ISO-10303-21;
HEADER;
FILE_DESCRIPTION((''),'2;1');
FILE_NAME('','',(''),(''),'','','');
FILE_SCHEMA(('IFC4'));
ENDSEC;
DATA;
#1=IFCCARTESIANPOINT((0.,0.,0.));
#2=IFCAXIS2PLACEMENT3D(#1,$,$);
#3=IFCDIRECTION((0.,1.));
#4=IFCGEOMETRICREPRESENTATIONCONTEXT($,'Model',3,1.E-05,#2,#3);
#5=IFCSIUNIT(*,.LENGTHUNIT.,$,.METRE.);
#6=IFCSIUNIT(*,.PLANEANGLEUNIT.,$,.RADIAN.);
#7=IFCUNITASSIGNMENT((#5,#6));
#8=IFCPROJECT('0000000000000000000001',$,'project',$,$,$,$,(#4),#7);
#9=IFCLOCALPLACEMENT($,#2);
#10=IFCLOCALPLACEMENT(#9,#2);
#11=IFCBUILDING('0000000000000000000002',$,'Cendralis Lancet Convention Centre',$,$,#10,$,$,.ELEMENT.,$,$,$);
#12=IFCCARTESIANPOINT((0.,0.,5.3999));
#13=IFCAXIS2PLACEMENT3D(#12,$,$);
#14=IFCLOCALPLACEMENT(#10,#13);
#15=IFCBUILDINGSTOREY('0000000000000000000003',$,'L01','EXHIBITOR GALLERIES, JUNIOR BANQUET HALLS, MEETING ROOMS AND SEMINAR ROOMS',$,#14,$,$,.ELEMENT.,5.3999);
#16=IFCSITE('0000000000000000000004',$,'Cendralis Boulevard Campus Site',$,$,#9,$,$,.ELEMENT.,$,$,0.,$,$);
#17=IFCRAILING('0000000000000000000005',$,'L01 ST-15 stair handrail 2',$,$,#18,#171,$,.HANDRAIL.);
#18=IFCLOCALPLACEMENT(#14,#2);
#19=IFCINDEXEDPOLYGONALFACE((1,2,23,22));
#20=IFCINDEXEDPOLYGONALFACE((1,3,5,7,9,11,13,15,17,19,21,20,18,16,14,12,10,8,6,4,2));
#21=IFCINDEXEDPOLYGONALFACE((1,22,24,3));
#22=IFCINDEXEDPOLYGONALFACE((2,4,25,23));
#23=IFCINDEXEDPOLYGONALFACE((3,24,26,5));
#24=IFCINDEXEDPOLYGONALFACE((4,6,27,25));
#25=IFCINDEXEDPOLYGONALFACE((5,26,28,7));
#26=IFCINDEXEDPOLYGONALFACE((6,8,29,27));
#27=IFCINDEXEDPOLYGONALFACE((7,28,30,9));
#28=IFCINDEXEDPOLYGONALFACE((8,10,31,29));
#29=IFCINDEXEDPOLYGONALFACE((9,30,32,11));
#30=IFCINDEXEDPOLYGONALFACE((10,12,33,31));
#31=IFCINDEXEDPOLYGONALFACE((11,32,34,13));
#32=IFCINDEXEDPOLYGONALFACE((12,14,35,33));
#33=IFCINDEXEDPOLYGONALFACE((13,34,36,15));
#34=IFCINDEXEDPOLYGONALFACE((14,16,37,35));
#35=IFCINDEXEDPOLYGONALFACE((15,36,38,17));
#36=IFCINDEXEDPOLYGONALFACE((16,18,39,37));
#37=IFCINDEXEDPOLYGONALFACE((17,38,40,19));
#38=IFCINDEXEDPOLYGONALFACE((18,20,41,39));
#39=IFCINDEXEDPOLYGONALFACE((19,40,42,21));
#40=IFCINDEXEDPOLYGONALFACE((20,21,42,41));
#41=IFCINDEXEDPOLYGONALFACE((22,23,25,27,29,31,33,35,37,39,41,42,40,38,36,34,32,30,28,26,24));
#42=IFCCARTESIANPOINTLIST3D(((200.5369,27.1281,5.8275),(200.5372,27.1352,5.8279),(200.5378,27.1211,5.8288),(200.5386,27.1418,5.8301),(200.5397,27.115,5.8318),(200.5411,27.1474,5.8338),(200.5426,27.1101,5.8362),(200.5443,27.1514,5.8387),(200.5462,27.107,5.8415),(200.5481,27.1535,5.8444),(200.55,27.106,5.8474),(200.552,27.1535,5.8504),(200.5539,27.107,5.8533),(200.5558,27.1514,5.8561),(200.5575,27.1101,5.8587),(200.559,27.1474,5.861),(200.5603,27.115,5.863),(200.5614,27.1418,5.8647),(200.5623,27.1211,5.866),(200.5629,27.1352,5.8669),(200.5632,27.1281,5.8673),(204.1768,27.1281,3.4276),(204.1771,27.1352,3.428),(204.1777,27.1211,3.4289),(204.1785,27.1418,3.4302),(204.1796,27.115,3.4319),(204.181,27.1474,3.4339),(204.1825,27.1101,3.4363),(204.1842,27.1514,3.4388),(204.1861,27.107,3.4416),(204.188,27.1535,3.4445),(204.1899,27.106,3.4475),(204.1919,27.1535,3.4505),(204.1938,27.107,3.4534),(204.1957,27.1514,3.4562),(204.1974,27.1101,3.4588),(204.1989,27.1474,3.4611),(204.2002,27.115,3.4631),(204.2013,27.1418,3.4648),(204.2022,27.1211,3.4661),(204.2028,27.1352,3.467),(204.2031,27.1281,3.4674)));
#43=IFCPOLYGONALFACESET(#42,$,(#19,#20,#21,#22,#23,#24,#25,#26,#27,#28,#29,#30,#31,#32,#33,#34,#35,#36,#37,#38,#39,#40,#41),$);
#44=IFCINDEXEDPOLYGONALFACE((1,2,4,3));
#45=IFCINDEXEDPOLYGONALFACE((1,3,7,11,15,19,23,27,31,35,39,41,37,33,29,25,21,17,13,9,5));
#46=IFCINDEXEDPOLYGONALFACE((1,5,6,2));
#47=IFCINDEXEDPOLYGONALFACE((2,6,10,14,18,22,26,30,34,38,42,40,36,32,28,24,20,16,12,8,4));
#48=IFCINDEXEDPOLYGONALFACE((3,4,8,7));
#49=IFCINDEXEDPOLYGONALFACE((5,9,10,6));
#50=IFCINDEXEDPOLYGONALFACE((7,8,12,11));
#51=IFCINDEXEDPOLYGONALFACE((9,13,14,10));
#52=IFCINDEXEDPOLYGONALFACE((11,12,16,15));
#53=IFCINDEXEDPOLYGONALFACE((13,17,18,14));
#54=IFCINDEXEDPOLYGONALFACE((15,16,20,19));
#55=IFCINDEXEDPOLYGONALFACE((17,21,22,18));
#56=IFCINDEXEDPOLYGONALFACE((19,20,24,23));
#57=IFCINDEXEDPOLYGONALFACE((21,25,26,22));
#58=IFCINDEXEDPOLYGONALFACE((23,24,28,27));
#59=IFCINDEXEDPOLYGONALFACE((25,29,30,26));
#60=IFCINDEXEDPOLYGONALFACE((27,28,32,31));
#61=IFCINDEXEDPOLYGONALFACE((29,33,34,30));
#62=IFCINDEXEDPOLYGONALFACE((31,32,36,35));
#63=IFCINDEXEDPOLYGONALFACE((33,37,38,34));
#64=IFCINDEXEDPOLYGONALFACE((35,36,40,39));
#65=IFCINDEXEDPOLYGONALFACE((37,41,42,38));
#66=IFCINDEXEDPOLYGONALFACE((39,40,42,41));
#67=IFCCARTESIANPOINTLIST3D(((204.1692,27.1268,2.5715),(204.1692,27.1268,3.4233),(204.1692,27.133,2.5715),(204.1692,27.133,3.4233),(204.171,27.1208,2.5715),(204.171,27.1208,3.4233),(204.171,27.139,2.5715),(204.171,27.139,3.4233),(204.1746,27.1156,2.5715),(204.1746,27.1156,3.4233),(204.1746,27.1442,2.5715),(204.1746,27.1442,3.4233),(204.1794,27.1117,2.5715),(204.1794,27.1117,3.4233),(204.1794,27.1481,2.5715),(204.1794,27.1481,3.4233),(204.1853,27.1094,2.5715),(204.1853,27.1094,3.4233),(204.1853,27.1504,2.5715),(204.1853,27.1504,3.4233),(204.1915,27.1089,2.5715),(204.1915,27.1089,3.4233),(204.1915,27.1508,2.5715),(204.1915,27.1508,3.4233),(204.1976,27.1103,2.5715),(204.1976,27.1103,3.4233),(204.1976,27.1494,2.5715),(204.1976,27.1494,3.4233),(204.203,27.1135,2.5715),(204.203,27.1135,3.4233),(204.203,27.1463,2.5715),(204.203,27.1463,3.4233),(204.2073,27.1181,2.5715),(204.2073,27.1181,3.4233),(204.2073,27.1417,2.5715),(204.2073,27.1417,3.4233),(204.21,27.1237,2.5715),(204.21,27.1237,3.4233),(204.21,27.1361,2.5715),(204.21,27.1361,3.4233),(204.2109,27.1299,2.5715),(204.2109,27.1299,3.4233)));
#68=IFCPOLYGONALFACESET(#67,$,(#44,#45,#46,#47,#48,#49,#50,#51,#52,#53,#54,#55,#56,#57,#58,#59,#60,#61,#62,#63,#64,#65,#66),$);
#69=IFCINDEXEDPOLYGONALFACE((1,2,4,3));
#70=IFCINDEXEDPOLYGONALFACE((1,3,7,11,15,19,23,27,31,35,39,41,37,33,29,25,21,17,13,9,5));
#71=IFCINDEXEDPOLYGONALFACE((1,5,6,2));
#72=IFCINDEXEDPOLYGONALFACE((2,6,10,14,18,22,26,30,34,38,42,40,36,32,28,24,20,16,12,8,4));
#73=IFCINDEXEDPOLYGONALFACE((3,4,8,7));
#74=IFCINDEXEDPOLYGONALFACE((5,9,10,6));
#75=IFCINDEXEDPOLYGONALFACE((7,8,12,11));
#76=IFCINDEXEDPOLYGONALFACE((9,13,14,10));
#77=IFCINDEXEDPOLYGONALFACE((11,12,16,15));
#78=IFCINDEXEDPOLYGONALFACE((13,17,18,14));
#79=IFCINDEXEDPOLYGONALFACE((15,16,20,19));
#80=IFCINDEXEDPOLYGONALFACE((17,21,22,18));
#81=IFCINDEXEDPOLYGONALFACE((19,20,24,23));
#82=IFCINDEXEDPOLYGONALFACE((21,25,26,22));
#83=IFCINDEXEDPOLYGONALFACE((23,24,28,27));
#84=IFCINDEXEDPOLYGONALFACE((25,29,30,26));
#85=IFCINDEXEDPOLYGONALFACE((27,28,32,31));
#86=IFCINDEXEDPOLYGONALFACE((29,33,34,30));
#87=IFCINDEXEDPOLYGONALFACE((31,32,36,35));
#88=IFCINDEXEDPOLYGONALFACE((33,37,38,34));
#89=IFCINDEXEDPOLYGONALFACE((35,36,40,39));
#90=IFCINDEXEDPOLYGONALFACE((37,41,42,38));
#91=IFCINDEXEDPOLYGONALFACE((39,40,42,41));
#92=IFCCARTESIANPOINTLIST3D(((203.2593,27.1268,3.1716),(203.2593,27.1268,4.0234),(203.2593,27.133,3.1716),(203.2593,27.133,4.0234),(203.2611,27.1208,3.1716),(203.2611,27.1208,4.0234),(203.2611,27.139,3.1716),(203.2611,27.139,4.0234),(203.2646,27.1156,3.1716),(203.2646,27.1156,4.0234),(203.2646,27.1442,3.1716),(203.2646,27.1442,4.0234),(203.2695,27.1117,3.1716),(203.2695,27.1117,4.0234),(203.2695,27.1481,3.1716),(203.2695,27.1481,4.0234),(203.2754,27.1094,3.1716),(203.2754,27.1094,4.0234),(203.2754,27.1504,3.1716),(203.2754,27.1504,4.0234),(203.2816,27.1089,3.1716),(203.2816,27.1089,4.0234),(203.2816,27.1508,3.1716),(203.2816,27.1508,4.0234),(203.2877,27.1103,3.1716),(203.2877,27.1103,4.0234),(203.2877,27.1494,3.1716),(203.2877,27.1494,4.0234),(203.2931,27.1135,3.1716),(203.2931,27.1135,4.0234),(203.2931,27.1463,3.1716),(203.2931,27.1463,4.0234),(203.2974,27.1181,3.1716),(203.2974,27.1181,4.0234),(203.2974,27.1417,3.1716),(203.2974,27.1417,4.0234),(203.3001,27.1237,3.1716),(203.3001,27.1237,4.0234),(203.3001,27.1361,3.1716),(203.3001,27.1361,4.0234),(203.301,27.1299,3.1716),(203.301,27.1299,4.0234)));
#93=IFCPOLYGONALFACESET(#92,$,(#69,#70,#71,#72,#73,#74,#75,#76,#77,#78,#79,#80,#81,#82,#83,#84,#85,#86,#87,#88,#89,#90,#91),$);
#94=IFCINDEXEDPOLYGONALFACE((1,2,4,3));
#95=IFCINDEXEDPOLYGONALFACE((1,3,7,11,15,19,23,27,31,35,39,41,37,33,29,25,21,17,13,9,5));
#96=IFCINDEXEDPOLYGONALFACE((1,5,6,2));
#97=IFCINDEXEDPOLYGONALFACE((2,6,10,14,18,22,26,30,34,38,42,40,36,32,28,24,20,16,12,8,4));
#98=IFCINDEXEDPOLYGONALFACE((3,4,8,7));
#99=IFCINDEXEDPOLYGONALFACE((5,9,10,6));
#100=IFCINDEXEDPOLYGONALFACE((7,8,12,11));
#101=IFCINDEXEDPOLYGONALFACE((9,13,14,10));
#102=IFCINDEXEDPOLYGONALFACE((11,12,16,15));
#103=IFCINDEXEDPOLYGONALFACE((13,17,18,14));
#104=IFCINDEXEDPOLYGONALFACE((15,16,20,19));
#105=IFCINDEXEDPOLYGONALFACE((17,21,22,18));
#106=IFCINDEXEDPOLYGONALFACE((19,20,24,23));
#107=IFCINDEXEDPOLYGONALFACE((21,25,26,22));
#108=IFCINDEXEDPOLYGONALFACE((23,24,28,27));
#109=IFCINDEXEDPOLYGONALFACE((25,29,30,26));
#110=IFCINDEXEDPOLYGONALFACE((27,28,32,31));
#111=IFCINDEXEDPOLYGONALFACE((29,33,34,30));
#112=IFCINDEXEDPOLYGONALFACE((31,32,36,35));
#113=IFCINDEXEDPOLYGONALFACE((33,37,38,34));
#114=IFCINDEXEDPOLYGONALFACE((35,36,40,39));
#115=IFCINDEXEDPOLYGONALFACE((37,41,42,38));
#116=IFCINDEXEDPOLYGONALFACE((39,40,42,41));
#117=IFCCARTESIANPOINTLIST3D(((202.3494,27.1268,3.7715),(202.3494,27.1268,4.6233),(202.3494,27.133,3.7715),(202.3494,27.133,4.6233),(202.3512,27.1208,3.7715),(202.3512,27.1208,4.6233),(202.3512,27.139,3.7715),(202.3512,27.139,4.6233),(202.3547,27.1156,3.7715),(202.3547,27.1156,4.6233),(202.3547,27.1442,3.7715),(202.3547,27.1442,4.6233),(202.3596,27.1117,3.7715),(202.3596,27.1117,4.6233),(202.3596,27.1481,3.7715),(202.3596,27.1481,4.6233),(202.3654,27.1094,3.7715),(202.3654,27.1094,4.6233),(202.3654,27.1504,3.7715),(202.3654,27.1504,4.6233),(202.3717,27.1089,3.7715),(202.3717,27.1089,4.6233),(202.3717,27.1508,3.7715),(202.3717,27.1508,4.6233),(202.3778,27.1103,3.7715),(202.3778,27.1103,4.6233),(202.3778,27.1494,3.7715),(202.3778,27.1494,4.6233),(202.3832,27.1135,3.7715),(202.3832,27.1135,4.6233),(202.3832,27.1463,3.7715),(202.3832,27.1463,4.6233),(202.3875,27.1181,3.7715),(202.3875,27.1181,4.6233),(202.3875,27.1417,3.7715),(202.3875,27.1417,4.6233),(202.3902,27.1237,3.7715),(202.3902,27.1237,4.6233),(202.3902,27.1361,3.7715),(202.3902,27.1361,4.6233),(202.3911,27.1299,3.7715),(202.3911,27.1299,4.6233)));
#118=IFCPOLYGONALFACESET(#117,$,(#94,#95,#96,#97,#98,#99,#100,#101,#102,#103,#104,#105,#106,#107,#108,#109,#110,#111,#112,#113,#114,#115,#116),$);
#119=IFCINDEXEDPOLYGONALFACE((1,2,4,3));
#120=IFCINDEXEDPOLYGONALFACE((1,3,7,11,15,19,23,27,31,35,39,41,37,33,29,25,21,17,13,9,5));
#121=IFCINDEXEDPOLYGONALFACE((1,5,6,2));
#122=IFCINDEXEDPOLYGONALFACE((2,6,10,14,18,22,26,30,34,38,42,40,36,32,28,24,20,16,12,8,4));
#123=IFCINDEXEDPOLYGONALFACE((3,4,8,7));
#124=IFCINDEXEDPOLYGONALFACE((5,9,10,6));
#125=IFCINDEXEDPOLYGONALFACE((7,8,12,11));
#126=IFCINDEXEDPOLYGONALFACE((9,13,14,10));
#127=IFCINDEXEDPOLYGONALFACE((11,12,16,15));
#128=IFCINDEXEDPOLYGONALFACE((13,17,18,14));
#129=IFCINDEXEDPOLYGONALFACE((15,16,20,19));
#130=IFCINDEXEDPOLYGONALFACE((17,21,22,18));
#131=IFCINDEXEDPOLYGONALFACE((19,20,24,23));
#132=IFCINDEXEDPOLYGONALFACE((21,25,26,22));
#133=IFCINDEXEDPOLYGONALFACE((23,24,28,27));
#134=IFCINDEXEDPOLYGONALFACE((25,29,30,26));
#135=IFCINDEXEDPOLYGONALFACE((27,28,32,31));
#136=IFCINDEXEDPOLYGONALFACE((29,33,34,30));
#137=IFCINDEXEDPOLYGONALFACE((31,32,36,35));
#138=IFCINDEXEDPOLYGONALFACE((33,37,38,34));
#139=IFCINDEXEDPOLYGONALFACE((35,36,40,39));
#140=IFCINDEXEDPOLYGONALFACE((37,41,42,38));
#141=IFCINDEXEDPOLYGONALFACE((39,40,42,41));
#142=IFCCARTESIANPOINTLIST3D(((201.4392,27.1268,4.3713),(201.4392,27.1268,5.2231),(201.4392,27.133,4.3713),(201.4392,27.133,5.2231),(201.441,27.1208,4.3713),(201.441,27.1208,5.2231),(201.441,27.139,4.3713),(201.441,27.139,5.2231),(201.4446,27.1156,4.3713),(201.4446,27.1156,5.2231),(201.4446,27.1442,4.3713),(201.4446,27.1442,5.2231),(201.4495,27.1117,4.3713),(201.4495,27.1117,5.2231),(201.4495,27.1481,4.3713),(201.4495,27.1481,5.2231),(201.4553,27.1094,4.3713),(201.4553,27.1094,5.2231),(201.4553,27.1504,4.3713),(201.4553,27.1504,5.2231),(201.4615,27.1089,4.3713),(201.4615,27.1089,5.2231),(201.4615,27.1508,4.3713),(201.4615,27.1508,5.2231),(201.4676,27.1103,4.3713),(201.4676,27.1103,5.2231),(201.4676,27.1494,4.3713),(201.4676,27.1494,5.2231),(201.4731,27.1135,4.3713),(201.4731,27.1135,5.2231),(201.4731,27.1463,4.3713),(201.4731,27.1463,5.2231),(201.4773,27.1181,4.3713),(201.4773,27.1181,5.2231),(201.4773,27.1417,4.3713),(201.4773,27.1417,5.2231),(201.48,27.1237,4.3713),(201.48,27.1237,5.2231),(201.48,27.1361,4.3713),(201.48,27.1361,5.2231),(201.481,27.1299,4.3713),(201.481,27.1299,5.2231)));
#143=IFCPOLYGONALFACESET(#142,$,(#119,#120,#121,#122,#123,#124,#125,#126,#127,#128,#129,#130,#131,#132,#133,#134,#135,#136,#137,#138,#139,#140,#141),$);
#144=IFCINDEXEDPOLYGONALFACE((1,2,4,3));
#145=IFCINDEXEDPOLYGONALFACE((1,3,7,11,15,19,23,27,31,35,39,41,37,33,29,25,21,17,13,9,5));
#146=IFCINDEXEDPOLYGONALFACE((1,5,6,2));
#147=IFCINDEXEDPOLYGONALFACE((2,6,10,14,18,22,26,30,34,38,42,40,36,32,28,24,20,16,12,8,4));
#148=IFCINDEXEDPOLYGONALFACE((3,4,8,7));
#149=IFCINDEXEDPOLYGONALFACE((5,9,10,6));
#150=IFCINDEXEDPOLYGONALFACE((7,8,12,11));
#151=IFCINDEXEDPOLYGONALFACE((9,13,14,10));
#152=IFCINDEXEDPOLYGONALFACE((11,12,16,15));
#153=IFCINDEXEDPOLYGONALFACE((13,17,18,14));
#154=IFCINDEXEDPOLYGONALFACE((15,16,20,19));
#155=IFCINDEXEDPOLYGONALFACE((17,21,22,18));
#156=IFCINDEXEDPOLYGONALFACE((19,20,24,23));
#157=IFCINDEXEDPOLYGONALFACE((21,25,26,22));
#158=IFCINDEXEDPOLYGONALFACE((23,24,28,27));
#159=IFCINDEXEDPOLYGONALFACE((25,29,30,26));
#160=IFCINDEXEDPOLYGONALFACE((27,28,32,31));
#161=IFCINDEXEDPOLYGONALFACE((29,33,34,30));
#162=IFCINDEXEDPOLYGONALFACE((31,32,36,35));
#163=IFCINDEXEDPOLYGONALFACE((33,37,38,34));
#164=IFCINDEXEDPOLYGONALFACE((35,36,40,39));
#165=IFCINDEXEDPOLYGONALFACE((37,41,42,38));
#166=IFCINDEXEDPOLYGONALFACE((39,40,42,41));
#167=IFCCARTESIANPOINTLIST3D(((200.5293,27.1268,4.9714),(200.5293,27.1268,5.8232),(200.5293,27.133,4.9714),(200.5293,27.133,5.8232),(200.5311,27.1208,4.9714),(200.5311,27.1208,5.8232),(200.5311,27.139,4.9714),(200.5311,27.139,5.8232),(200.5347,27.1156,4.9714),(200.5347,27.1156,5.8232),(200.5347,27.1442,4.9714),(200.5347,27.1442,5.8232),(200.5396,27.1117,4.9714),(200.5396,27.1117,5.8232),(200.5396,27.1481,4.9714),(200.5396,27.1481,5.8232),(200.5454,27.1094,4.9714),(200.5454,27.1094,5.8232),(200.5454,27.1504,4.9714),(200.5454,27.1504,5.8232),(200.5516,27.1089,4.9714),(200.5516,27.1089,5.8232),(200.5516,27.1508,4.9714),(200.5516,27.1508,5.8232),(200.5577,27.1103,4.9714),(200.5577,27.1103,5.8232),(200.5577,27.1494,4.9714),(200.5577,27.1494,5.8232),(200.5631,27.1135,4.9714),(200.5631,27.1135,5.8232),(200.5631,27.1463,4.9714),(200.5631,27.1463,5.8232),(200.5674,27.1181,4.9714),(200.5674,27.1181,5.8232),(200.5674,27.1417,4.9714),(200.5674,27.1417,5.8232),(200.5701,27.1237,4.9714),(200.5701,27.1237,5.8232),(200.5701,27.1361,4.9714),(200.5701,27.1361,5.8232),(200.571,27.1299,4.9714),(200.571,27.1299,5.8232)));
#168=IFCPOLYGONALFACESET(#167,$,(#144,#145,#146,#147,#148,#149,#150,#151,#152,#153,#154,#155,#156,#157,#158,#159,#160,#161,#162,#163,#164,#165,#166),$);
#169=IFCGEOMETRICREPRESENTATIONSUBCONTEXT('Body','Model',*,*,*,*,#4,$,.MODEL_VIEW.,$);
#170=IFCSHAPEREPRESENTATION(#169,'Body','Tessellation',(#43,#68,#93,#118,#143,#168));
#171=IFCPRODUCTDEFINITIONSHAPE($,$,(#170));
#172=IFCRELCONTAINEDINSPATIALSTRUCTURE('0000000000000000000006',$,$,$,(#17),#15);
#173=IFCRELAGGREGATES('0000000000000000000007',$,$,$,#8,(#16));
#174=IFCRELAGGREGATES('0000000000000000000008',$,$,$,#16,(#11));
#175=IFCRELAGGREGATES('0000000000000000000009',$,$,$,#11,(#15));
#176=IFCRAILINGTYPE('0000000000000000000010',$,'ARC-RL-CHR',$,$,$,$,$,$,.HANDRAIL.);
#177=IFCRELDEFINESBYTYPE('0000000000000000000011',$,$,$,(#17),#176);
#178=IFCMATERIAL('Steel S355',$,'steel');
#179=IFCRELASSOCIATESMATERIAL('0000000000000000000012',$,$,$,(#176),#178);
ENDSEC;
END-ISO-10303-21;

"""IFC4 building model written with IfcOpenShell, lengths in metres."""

from ifc_helpers import new_model, si_unit, direction, frame, origin, origin_2d, place, context, subcontext, project, spatial, circle, extrude, material, type_object, element, save


model = new_model("IFC4")

# Units and contexts
model_context = context("Model", 3, precision=1e-05, world=origin(), true_north=direction((0.0, 1.0)))
body_context = subcontext(model_context, "Body", "Model", "MODEL_VIEW")
ifc_project = project(units=[si_unit("LENGTHUNIT", "METRE"), si_unit("PLANEANGLEUNIT", "RADIAN")], contexts=[model_context])

# Site, building, storey
site_placement = place(None, origin())
site = spatial("IfcSite", under=ifc_project, at=site_placement, Name="Cendralis Boulevard Campus Site", CompositionType="ELEMENT", RefElevation=0.0)
building_placement = place(site_placement, origin())
building = spatial("IfcBuilding", under=site, at=building_placement, Name="Cendralis Lancet Convention Centre", CompositionType="ELEMENT")
storey_placement = place(building_placement, frame((0.0, 0.0, 5.3999)))
storey = spatial("IfcBuildingStorey", under=building, at=storey_placement, Name="L01", Description="EXHIBITOR GALLERIES, JUNIOR BANQUET HALLS, MEETING ROOMS AND SEMINAR ROOMS", CompositionType="ELEMENT", Elevation=5.3999)

# Shared definitions
ifc_material_1 = material(Name="Steel S355", Category="steel")

# Railing
railing_type_1 = type_object("IfcRailingType", Name="ARC-RL-CHR", PredefinedType="HANDRAIL", material=ifc_material_1)
railing_1_placement = place(storey_placement, frame((204.1899, 27.1299, 2.5715)))
element("IfcRailing", 1, at=railing_1_placement, inside=storey, type_object=railing_type_1, Name="L01 ST-15 stair handrail 2", PredefinedType="HANDRAIL", context=body_context, shape_type="SweptSolid", body=[
    extrude(circle(Radius=0.0239, at=origin_2d()), frame((0.0, 0.0, 0.876), z_axis=(-0.834865, 0.0, 0.550454), x_axis=(0.0, -1.0, 0.0)), (0.0, 0.0, 1.0), 4.3599),
    extrude(circle(Radius=0.021, at=origin_2d()), origin(), (0.0, 0.0, 1.0), 0.8518),
    extrude(circle(Radius=0.021, at=origin_2d()), frame((-0.9099, 0.0, 0.6001)), (0.0, 0.0, 1.0), 0.8518),
    extrude(circle(Radius=0.021, at=origin_2d()), frame((-1.8198, 0.0, 1.2)), (0.0, 0.0, 1.0), 0.8518),
    extrude(circle(Radius=0.021, at=origin_2d()), frame((-2.73, 0.0, 1.7998)), (0.0, 0.0, 1.0), 0.8518),
    extrude(circle(Radius=0.021, at=origin_2d()), frame((-3.6399, 0.0, 2.3999)), (0.0, 0.0, 1.0), 0.8518),
])

save(model, "model.ifc")
